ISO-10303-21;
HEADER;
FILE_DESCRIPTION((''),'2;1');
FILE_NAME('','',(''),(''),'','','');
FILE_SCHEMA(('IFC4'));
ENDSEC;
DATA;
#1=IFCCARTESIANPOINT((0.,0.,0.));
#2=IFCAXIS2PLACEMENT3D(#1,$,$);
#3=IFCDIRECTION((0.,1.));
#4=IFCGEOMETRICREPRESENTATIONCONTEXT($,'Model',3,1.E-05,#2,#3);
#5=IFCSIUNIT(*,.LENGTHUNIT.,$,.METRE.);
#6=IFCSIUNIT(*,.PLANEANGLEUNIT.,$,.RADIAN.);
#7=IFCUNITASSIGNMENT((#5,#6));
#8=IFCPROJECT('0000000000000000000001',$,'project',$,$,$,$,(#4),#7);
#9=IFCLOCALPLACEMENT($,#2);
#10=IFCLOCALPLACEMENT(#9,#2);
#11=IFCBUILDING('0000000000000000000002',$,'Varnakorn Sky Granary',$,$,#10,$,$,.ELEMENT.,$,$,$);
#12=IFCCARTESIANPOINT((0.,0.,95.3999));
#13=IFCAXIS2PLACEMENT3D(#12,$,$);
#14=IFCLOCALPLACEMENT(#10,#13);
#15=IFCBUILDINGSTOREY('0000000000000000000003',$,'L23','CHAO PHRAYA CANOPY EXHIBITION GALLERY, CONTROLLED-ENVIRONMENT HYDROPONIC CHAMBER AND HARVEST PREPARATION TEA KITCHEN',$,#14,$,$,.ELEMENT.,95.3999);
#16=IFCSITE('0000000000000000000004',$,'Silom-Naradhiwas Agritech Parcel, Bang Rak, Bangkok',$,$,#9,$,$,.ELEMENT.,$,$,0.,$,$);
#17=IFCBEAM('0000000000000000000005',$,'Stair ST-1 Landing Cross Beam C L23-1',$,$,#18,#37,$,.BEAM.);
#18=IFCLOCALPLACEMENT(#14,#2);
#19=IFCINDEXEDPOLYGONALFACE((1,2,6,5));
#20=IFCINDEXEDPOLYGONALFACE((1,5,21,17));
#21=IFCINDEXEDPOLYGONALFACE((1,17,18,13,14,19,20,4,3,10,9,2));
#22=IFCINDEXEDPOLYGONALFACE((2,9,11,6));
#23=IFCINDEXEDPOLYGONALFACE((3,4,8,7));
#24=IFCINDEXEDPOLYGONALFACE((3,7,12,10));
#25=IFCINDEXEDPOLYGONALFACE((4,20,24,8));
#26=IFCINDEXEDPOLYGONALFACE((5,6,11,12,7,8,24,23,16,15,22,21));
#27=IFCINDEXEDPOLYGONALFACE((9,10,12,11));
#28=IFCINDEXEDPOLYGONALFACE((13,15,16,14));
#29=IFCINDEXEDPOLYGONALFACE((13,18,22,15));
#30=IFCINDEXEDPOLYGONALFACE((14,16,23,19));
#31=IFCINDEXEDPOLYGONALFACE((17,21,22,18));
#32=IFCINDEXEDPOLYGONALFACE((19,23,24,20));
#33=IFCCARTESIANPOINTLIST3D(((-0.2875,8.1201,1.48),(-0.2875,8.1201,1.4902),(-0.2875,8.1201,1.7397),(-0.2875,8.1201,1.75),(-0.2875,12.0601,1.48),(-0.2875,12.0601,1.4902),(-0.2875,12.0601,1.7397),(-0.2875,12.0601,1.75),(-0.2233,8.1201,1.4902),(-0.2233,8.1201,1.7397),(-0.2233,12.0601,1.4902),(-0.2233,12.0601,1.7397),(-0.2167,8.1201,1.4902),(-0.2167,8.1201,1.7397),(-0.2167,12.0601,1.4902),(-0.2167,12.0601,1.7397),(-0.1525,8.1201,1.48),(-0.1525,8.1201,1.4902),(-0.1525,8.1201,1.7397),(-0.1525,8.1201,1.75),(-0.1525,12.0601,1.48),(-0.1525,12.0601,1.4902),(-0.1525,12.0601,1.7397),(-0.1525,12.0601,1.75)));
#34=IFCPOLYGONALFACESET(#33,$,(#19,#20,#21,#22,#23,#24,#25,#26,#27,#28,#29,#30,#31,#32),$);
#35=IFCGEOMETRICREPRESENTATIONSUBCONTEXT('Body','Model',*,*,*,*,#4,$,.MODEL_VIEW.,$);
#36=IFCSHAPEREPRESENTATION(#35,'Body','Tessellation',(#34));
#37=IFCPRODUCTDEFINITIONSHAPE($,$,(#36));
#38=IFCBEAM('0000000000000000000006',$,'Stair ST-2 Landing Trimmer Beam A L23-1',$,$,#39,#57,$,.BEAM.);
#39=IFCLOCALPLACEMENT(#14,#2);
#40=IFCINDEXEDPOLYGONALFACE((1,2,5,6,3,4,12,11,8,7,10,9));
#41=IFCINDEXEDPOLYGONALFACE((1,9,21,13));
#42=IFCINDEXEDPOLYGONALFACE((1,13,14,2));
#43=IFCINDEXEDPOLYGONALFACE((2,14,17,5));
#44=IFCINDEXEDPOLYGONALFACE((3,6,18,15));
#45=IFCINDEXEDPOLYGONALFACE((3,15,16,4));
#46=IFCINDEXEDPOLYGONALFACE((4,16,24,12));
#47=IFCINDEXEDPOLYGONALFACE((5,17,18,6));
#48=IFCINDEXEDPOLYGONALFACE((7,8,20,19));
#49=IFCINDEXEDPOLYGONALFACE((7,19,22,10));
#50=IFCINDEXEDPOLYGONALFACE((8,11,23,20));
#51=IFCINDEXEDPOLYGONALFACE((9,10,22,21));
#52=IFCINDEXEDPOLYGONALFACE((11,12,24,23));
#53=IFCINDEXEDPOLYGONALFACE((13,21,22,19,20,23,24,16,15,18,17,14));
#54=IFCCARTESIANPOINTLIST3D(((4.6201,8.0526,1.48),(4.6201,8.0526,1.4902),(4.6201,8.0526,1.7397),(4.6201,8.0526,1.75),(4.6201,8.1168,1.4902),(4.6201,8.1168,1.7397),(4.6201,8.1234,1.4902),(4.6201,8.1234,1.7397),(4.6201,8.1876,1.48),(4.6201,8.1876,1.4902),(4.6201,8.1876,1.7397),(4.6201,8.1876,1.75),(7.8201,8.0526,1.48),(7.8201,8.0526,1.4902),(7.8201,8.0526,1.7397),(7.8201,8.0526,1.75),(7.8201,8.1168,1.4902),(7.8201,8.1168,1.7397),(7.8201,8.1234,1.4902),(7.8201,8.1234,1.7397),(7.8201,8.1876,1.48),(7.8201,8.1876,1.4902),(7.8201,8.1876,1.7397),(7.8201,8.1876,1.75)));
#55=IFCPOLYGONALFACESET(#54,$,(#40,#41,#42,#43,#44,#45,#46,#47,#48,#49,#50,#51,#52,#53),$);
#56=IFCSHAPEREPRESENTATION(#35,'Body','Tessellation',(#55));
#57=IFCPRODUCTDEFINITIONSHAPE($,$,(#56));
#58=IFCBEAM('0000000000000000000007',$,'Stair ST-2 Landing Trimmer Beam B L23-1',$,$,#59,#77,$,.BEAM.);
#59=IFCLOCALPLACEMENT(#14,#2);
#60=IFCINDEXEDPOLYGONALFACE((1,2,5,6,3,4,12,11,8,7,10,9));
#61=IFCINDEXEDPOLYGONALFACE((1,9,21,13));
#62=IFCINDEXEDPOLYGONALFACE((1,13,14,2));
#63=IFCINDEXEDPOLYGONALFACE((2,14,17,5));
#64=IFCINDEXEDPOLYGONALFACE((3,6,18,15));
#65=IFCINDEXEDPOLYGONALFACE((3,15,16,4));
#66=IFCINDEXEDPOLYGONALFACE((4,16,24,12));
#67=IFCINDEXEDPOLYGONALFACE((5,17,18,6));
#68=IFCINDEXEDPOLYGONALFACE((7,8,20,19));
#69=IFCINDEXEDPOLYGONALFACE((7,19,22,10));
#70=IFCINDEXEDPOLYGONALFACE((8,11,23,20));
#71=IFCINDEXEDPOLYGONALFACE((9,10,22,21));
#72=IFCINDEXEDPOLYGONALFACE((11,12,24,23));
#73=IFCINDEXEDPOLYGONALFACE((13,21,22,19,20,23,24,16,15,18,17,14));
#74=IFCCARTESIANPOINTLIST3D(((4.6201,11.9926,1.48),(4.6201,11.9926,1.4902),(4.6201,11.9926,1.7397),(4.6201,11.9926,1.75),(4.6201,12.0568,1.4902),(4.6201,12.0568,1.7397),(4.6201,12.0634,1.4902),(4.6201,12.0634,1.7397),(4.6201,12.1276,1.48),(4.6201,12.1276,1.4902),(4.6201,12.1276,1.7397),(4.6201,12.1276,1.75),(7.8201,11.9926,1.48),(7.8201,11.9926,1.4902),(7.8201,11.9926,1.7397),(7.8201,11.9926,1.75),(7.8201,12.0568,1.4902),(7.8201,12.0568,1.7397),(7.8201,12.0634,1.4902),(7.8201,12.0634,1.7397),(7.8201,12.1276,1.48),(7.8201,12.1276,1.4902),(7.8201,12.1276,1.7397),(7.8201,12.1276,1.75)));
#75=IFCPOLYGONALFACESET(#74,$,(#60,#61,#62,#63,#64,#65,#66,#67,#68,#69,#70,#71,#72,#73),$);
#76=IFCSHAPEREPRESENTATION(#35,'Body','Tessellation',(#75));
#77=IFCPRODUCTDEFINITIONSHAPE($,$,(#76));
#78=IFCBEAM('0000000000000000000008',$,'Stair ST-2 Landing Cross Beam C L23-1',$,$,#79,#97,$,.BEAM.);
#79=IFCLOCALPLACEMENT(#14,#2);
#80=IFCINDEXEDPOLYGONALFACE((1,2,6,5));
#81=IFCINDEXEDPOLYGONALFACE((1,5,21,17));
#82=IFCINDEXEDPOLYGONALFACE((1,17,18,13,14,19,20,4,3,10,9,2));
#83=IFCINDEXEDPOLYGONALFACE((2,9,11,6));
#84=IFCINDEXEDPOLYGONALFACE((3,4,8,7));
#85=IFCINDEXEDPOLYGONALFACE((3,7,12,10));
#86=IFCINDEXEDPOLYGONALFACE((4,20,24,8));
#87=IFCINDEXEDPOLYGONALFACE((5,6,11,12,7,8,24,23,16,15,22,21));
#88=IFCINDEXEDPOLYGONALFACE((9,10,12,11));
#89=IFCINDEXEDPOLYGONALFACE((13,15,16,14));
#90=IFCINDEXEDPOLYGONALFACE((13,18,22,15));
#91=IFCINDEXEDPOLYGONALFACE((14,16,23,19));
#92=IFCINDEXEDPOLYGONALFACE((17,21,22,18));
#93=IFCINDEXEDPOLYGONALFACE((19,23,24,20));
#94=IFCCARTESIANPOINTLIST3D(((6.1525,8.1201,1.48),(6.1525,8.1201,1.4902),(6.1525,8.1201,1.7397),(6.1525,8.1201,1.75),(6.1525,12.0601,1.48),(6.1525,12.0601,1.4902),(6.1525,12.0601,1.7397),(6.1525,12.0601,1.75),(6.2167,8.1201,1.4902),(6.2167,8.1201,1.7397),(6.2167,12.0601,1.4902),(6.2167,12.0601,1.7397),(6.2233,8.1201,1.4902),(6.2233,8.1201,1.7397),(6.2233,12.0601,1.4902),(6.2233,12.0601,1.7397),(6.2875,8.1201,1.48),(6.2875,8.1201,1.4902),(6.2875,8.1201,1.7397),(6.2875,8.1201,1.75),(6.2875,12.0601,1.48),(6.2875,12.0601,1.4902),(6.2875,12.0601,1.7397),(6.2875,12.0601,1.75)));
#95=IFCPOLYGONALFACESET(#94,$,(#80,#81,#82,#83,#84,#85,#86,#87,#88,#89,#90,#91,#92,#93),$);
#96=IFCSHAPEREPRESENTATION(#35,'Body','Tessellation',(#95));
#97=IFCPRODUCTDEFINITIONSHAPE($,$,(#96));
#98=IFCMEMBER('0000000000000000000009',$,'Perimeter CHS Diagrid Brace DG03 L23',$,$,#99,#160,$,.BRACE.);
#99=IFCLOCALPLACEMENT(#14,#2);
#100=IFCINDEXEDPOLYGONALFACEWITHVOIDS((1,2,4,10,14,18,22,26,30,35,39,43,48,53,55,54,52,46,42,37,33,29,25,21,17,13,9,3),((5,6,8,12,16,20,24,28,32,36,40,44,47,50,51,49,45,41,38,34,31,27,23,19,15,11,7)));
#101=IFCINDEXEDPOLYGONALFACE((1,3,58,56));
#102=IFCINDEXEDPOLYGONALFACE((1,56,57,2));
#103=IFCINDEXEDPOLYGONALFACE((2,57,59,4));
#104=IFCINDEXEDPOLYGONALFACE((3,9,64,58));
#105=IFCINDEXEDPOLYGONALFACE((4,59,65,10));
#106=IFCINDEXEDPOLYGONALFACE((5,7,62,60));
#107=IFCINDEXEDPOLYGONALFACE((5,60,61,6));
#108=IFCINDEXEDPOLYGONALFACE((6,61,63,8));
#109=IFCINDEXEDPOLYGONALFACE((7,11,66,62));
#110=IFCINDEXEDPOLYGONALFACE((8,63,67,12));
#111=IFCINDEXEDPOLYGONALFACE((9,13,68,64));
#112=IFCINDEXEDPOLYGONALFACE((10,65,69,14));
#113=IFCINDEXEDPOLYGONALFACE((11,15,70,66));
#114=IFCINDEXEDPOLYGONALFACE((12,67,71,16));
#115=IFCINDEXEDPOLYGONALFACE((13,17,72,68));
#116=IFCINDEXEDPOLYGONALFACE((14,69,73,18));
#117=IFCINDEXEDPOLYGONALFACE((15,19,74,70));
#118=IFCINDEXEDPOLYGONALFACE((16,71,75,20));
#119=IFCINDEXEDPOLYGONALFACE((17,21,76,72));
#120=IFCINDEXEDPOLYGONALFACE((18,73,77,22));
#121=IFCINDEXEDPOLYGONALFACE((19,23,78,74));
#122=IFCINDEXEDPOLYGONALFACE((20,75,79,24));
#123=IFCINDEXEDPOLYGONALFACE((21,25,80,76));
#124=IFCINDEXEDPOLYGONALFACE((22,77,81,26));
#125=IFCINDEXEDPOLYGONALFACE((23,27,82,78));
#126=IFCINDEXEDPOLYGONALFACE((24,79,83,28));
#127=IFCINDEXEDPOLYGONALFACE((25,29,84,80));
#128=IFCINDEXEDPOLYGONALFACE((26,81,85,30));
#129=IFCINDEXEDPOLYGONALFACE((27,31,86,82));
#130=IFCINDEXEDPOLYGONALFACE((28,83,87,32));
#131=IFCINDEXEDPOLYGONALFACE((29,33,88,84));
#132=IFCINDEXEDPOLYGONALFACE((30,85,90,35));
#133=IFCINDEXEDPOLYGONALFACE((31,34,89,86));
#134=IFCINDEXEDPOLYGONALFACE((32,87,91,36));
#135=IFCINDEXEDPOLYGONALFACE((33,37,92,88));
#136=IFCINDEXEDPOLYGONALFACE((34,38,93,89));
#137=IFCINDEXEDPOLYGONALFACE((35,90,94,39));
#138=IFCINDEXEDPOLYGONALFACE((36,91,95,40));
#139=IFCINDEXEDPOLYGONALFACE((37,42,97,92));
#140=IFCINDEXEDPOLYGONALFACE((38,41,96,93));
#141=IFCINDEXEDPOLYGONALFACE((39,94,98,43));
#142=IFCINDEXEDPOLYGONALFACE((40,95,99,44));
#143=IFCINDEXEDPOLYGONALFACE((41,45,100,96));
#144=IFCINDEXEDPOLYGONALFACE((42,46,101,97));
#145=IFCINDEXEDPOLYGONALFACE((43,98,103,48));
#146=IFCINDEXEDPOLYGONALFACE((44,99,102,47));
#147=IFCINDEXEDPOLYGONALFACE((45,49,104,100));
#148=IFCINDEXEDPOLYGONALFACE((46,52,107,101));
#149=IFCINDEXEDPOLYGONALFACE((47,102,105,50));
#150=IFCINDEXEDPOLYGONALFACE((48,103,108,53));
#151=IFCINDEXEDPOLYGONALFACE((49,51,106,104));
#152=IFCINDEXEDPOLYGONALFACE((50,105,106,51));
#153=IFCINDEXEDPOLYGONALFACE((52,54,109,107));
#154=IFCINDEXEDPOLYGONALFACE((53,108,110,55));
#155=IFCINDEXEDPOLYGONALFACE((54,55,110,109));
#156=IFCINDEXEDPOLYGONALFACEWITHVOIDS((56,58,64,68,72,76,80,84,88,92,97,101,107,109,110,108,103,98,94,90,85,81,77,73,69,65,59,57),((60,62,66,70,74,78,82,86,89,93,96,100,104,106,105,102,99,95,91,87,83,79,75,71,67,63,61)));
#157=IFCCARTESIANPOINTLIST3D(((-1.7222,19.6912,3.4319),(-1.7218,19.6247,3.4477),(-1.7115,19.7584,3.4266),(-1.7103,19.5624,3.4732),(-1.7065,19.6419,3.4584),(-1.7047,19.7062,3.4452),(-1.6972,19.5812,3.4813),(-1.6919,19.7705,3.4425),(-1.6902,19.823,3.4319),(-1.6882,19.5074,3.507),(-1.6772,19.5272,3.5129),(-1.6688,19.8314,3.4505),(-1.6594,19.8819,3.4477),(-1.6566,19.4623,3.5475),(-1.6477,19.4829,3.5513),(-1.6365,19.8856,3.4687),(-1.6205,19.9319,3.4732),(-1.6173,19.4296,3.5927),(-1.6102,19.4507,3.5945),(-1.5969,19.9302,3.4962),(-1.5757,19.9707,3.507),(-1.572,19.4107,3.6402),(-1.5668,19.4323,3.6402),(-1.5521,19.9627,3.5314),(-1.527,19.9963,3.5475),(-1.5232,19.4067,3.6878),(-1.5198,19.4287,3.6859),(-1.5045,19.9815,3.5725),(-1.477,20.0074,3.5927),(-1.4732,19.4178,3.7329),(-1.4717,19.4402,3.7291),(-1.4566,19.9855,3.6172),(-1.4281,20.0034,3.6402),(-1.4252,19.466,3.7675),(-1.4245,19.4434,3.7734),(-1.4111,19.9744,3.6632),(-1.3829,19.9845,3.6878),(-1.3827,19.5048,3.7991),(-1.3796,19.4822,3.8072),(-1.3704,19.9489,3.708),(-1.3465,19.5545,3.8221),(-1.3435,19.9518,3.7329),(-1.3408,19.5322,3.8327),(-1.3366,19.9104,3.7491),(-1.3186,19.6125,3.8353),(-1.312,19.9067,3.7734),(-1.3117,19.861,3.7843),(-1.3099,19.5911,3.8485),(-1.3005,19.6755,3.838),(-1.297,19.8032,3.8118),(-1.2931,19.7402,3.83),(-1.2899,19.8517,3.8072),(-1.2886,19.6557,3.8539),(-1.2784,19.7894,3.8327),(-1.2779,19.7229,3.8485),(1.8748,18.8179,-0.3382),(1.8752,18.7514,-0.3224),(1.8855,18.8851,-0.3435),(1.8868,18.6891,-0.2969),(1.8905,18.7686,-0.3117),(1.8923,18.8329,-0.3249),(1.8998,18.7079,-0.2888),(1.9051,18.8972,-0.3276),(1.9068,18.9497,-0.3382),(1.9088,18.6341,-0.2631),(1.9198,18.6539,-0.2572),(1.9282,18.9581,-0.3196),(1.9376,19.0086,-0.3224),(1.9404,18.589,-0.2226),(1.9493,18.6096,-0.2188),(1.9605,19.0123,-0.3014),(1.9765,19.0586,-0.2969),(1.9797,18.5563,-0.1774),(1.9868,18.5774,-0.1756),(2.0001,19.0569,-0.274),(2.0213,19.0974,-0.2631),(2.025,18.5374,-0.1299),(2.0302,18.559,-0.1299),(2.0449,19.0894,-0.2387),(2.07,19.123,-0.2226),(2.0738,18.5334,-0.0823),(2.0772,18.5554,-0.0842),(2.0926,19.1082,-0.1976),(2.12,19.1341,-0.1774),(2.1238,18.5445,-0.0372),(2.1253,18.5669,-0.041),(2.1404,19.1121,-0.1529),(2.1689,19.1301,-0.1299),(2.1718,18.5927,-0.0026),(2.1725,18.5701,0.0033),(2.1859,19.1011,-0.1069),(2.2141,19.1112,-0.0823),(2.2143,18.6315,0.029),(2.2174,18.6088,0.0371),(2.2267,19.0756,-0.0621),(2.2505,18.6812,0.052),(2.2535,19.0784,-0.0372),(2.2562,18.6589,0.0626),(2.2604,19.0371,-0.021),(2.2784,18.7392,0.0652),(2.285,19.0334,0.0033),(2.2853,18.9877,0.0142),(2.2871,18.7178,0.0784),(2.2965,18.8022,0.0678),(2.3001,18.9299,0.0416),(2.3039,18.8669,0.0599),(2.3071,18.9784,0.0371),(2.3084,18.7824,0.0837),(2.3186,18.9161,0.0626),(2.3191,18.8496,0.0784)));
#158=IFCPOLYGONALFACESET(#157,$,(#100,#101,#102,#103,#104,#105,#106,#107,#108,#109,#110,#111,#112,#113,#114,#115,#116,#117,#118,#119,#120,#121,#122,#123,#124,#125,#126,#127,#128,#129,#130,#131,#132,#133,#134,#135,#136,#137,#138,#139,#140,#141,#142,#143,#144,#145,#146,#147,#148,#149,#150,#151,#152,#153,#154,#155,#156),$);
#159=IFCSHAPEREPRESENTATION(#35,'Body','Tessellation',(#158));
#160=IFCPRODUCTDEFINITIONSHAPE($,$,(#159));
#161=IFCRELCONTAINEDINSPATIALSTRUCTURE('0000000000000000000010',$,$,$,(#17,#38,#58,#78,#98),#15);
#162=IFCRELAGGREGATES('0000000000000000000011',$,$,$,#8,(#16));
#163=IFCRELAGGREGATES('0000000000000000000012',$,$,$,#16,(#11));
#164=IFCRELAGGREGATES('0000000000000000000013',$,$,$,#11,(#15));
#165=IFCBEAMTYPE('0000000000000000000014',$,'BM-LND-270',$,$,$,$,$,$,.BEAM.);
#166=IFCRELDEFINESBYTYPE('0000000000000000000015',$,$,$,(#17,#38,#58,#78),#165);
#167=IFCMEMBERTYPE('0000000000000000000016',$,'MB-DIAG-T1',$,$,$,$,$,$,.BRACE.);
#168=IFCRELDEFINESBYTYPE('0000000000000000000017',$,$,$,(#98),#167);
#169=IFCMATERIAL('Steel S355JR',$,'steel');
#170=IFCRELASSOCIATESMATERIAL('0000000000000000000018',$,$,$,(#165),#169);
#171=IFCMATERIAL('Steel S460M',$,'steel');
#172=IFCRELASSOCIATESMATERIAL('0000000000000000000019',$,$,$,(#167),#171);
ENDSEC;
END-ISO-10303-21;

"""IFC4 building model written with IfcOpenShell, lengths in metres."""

from ifc_helpers import new_model, si_unit, direction, frame, origin, origin_2d, place, context, subcontext, project, spatial, hollow_circle, i_section, extrude, material, material_profile, profile_set, type_object, element, save


model = new_model("IFC4")

# Units and contexts
model_context = context("Model", 3, precision=1e-05, world=origin(), true_north=direction((0.0, 1.0)))
body_context = subcontext(model_context, "Body", "Model", "MODEL_VIEW")
ifc_project = project(units=[si_unit("LENGTHUNIT", "METRE"), si_unit("PLANEANGLEUNIT", "RADIAN")], contexts=[model_context])

# Site, building, storey
site_placement = place(None, origin())
site = spatial("IfcSite", under=ifc_project, at=site_placement, Name="Silom-Naradhiwas Agritech Parcel, Bang Rak, Bangkok", CompositionType="ELEMENT", RefElevation=0.0)
building_placement = place(site_placement, origin())
building = spatial("IfcBuilding", under=site, at=building_placement, Name="Varnakorn Sky Granary", CompositionType="ELEMENT")
storey_placement = place(building_placement, frame((0.0, 0.0, 95.3999)))
storey = spatial("IfcBuildingStorey", under=building, at=storey_placement, Name="L23", Description="CHAO PHRAYA CANOPY EXHIBITION GALLERY, CONTROLLED-ENVIRONMENT HYDROPONIC CHAMBER AND HARVEST PREPARATION TEA KITCHEN", CompositionType="ELEMENT", Elevation=95.3999)

# Beams
ifc_material_1 = material(Name="Steel S355JR", Category="steel")
ifc_material_profile_1 = material_profile(ifc_material_1, i_section(OverallWidth=0.135, OverallDepth=0.27, WebThickness=0.0066, FlangeThickness=0.0103, at=origin_2d()), Name="IPE 270")
ifc_profile_set_1 = profile_set([ifc_material_profile_1], Name="Steel S355JR")
beam_type = type_object("IfcBeamType", Name="BM-LND-270", PredefinedType="BEAM", material=ifc_profile_set_1)
beam_1_placement = place(storey_placement, frame((-0.22, 8.1201, 1.615), z_axis=(0.0, 1.0, 0.0), x_axis=(-1.0, 0.0, 0.0)))
element("IfcBeam", 1, at=beam_1_placement, inside=storey, type_object=beam_type, Name="Stair ST-1 Landing Cross Beam C L23-1", PredefinedType="BEAM", context=body_context, shape_type="SweptSolid", body=[
    extrude(i_section(OverallWidth=0.135, OverallDepth=0.27, WebThickness=0.0066, FlangeThickness=0.0103, at=origin_2d()), origin(), (0.0, 0.0, 1.0), 3.9399),
])
for number, where, z_axis, x_axis, name in (
    (2, (4.6201, 8.1201, 1.615), (1.0, 0.0, 0.0), (0.0, 1.0, 0.0), "Stair ST-2 Landing Trimmer Beam A L23-1"),
    (3, (4.6201, 12.0601, 1.615), (1.0, 0.0, 0.0), (0.0, 1.0, 0.0), "Stair ST-2 Landing Trimmer Beam B L23-1"),
):
    element("IfcBeam", number, at=place(storey_placement, frame(where, z_axis=z_axis, x_axis=x_axis)), inside=storey, type_object=beam_type, Name=name, PredefinedType="BEAM", context=body_context, shape_type="SweptSolid", body=[
        extrude(i_section(OverallWidth=0.135, OverallDepth=0.27, WebThickness=0.0066, FlangeThickness=0.0103, at=origin_2d()), origin(), (0.0, 0.0, 1.0), 3.2),
    ])
beam_2_placement = place(storey_placement, frame((6.22, 8.1201, 1.615), z_axis=(0.0, 1.0, 0.0), x_axis=(-1.0, 0.0, 0.0)))
element("IfcBeam", 4, at=beam_2_placement, inside=storey, type_object=beam_type, Name="Stair ST-2 Landing Cross Beam C L23-1", PredefinedType="BEAM", context=body_context, shape_type="SweptSolid", body=[
    extrude(i_section(OverallWidth=0.135, OverallDepth=0.27, WebThickness=0.0066, FlangeThickness=0.0103, at=origin_2d()), origin(), (0.0, 0.0, 1.0), 3.9399),
])

# Member
ifc_material_2 = material(Name="Steel S460M", Category="steel")
ifc_material_profile_2 = material_profile(ifc_material_2, hollow_circle(Radius=0.3049, WallThickness=0.0222, at=origin_2d()), Name="CHS 610x22")
ifc_profile_set_2 = profile_set([ifc_material_profile_2], Name="Steel S460M")
member_type = type_object("IfcMemberType", Name="MB-DIAG-T1", PredefinedType="BRACE", material=ifc_profile_set_2)
member_placement = place(storey_placement, frame((2.0969, 18.8337, -0.1299), z_axis=(-0.680807, 0.165292, 0.713569), x_axis=(-0.235934, -0.971769, 0.0)))
element("IfcMember", 5, at=member_placement, inside=storey, type_object=member_type, Name="Perimeter CHS Diagrid Brace DG03 L23", PredefinedType="BRACE", context=body_context, shape_type="SweptSolid", body=[
    extrude(hollow_circle(Radius=0.3049, WallThickness=0.0222, at=origin_2d()), origin(), (0.0, 0.0, 1.0), 5.2834),
])

save(model, "model.ifc")
